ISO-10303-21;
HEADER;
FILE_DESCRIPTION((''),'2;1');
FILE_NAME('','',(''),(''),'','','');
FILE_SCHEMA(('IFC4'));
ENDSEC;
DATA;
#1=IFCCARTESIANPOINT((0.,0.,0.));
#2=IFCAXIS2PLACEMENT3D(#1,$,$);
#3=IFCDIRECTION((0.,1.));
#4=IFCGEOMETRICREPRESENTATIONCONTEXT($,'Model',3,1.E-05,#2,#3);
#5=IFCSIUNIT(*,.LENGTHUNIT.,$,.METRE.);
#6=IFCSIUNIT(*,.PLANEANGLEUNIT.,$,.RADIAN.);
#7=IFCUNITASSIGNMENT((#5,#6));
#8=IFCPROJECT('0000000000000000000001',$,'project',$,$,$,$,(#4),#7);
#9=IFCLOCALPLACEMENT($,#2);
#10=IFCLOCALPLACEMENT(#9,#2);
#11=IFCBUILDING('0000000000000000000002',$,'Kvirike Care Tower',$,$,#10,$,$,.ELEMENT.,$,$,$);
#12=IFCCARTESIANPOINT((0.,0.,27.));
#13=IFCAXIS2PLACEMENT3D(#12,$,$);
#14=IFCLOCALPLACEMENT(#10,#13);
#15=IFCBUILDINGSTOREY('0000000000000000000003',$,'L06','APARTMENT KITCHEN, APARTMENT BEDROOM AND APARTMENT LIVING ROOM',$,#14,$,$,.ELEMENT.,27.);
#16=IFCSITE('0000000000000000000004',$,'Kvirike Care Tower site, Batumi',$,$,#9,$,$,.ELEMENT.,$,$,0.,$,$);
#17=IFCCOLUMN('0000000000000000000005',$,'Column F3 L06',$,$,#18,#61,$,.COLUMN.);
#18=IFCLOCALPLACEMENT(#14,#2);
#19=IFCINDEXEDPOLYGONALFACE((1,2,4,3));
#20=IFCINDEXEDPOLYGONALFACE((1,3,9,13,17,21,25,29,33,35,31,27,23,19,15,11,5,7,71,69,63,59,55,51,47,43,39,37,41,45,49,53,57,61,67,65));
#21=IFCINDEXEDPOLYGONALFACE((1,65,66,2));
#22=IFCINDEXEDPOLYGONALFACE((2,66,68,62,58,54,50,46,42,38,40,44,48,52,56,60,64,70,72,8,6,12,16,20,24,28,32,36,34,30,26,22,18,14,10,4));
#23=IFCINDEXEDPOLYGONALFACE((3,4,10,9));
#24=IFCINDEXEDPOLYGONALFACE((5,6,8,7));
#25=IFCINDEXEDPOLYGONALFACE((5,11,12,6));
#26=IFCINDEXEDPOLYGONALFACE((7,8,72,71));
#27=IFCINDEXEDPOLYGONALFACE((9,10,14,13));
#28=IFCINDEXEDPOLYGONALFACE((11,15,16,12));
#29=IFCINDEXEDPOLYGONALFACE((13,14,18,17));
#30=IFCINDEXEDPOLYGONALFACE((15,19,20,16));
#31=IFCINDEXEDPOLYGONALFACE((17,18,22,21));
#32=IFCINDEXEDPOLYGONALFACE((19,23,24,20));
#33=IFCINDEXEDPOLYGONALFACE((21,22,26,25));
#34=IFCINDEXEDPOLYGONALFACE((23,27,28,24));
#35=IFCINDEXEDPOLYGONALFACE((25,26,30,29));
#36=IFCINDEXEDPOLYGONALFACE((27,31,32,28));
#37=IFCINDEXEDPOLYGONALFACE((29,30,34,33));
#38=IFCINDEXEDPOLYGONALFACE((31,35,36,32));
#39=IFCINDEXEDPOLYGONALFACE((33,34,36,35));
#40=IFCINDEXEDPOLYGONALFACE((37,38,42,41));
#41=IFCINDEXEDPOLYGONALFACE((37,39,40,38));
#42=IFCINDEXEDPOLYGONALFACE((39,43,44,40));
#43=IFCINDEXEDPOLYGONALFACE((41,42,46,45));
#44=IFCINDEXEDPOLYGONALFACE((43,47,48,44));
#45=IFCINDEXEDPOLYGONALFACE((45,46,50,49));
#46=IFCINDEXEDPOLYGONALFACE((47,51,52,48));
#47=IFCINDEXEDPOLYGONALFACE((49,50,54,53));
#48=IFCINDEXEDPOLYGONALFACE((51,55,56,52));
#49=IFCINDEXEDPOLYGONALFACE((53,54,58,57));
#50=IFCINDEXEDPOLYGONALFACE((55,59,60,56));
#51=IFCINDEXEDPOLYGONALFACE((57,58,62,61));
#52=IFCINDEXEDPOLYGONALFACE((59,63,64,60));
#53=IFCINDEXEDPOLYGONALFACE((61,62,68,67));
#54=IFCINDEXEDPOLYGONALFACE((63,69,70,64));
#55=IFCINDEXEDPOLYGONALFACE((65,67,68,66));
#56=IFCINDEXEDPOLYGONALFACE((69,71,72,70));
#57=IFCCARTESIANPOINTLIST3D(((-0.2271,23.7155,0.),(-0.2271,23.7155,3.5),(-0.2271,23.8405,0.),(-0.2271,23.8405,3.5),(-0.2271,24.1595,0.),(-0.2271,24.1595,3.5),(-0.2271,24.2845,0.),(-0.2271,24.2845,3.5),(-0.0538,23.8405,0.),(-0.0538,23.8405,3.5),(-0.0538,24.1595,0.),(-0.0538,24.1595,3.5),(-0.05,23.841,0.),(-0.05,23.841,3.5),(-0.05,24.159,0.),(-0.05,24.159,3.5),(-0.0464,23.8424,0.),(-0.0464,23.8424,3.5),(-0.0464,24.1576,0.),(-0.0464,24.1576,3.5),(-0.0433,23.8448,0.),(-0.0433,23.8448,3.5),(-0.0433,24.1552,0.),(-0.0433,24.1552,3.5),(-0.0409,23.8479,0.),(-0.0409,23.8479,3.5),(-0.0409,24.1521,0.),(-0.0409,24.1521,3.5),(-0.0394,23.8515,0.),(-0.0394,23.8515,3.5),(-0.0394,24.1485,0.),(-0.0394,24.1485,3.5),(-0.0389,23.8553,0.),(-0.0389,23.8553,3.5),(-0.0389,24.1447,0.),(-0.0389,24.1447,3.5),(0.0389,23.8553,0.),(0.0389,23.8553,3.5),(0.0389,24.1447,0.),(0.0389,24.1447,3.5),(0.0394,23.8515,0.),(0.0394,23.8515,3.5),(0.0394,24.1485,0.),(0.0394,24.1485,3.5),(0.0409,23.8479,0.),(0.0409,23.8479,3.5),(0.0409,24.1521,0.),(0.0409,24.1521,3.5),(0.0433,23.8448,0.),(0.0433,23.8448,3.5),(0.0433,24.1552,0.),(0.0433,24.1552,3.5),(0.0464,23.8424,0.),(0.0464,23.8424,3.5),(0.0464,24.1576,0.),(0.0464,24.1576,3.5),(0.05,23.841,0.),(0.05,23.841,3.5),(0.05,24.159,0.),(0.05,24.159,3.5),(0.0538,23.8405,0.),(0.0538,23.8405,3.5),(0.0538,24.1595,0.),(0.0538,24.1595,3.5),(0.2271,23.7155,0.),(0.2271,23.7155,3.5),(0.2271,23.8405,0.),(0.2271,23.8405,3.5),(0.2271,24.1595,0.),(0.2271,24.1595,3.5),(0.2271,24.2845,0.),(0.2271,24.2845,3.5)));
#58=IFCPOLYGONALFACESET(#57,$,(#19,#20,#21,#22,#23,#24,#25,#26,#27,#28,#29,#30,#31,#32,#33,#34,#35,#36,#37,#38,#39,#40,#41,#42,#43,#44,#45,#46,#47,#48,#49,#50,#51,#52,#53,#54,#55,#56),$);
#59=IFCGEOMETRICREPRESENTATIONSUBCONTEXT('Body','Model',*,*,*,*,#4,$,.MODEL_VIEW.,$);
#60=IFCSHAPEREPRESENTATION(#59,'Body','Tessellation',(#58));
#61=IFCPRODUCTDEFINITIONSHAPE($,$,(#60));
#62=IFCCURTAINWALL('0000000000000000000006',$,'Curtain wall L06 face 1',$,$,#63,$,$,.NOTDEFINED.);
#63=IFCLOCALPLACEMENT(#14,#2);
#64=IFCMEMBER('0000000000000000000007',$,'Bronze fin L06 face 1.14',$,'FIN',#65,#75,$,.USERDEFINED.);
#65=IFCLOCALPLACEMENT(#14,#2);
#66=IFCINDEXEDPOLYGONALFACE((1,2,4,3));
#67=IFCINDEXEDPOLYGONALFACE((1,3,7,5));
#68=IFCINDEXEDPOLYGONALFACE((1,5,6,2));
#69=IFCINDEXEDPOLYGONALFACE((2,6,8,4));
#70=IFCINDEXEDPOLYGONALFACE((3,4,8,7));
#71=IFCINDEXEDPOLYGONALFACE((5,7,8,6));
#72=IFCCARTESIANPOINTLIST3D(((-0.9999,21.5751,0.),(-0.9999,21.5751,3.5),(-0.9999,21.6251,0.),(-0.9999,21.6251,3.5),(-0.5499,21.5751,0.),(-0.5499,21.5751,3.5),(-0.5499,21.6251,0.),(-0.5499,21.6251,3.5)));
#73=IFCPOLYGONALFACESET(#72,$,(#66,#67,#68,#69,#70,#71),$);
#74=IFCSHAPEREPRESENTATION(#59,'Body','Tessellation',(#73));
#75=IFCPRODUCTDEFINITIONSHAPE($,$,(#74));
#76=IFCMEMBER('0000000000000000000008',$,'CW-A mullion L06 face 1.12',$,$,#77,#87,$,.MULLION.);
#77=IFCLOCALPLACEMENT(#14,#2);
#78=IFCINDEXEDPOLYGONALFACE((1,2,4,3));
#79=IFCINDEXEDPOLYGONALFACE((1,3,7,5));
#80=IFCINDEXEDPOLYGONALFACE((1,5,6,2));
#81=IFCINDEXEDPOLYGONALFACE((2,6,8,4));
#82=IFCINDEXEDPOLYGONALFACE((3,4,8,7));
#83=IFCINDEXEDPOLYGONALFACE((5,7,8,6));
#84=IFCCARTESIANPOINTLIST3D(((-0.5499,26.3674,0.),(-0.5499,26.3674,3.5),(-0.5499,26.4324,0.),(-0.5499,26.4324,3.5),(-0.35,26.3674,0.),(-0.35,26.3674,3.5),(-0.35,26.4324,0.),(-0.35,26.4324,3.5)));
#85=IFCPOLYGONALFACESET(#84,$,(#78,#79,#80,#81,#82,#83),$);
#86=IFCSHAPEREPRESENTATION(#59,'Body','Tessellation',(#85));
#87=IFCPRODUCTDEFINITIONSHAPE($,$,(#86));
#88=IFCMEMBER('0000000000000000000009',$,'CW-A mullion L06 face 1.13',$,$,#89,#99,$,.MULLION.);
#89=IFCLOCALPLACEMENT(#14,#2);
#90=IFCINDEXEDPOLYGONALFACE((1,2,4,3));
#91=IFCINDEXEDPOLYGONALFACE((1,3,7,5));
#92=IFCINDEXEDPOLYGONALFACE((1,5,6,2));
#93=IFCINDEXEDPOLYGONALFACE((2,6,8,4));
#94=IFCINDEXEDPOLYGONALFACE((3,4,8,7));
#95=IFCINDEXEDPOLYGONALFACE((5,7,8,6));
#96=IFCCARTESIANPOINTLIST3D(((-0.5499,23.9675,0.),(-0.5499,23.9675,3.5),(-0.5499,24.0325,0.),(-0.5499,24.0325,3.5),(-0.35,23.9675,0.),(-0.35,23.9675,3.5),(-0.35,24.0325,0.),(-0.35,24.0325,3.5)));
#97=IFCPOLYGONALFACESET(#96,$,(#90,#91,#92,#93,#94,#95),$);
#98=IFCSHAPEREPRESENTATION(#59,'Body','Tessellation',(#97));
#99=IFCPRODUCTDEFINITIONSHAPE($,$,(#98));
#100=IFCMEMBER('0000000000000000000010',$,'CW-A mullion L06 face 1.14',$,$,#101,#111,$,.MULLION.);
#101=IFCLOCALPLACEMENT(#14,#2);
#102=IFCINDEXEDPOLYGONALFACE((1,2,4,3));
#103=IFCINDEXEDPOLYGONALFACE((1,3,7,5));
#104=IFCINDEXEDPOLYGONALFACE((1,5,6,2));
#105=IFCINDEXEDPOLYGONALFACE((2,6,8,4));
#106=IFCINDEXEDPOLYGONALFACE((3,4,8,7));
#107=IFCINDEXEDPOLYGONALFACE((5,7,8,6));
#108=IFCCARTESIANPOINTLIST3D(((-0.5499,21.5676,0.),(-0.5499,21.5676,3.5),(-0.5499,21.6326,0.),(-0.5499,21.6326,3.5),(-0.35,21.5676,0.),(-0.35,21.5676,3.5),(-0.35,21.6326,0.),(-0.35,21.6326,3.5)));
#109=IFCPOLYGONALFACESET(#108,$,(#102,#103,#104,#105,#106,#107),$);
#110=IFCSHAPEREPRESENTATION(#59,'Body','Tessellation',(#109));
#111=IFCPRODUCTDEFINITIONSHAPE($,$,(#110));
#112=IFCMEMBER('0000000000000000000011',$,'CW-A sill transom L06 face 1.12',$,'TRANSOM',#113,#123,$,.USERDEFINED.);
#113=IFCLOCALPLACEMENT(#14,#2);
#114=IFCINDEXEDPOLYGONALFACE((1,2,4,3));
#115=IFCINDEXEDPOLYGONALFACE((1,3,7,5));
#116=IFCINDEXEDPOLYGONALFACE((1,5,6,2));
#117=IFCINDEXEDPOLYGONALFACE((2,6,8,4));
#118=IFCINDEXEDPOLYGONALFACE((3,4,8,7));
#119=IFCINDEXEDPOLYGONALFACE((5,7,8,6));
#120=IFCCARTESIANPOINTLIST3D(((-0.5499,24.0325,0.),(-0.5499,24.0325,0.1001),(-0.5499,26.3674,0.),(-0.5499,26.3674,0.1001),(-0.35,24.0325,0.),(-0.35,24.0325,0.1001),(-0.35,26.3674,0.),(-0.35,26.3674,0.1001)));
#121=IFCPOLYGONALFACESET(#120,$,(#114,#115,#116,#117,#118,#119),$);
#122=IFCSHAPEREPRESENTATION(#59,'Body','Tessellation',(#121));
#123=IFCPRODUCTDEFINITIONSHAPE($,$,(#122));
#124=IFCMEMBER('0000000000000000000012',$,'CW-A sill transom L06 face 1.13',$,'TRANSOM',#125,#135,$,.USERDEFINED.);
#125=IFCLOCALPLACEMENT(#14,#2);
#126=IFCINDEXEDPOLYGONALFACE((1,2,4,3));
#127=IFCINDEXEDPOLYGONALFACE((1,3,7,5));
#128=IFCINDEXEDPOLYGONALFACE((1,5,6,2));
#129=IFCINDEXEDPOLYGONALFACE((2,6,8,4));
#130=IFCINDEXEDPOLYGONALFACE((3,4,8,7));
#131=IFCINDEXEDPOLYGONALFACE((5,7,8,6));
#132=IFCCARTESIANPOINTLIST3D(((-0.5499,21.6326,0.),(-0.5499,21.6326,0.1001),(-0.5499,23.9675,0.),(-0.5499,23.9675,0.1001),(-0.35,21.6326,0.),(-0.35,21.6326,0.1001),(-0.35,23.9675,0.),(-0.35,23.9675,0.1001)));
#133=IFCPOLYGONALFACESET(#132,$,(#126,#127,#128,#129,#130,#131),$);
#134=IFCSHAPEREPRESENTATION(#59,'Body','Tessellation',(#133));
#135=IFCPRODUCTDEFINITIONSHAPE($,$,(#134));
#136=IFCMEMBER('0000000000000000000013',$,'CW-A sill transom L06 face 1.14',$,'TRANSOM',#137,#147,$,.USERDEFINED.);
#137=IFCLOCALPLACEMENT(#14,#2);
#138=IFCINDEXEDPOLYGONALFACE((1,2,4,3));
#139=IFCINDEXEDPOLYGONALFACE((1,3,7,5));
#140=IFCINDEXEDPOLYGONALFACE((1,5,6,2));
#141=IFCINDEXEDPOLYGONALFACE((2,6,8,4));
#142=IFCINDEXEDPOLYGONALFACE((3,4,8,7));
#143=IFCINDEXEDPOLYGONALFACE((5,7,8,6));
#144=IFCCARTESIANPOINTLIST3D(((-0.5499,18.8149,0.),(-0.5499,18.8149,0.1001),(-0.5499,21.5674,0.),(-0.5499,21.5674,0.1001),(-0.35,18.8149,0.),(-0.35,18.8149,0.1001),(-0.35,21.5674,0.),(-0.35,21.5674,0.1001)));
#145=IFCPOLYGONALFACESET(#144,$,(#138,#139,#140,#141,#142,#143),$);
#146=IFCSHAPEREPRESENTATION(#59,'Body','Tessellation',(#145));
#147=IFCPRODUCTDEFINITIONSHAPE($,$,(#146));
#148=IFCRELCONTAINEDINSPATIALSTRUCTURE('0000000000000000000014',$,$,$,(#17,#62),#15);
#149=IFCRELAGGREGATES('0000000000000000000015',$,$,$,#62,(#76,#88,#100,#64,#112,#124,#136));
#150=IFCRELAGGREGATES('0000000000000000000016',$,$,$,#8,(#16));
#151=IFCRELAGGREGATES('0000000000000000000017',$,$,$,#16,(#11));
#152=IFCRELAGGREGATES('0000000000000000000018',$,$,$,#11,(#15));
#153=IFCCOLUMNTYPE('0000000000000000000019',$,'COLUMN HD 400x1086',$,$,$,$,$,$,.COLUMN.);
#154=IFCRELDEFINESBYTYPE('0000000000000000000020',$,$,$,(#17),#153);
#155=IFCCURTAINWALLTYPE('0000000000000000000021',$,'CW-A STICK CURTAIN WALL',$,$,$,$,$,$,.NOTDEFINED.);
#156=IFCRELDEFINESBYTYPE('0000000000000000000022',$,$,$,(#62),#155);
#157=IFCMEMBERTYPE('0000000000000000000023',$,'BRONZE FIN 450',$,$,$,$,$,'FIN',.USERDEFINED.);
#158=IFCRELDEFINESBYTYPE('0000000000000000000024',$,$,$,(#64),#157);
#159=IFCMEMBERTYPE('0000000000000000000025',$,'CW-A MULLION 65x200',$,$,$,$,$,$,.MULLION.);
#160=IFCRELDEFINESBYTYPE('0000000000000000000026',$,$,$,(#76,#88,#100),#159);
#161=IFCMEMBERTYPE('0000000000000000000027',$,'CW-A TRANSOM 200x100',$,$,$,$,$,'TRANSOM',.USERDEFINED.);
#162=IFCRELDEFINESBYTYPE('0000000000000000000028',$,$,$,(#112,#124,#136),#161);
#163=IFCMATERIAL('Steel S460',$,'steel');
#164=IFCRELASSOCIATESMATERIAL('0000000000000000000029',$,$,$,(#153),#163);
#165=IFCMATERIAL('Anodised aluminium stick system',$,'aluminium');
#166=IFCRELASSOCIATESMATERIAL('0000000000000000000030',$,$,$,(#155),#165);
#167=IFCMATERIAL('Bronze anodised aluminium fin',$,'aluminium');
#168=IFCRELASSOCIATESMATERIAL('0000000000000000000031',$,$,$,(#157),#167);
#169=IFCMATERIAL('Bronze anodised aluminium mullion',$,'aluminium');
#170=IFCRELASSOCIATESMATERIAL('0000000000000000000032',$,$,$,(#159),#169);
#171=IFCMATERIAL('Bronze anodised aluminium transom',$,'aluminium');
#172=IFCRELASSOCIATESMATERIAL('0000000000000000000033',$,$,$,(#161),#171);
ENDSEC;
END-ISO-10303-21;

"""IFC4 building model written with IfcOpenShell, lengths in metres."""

from ifc_helpers import new_model, si_unit, direction, frame, origin, origin_2d, place, context, subcontext, project, spatial, rectangle, i_section, extrude, material, material_profile, profile_set, type_object, element, aggregate, save


model = new_model("IFC4")

# Units and contexts
model_context = context("Model", 3, precision=1e-05, world=origin(), true_north=direction((0.0, 1.0)))
body_context = subcontext(model_context, "Body", "Model", "MODEL_VIEW")
ifc_project = project(units=[si_unit("LENGTHUNIT", "METRE"), si_unit("PLANEANGLEUNIT", "RADIAN")], contexts=[model_context])

# Site, building, storey
site_placement = place(None, origin())
site = spatial("IfcSite", under=ifc_project, at=site_placement, Name="Kvirike Care Tower site, Batumi", CompositionType="ELEMENT", RefElevation=0.0)
building_placement = place(site_placement, origin())
building = spatial("IfcBuilding", under=site, at=building_placement, Name="Kvirike Care Tower", CompositionType="ELEMENT")
storey_placement = place(building_placement, frame((0.0, 0.0, 27.0)))
storey = spatial("IfcBuildingStorey", under=building, at=storey_placement, Name="L06", Description="APARTMENT KITCHEN, APARTMENT BEDROOM AND APARTMENT LIVING ROOM", CompositionType="ELEMENT", Elevation=27.0)

# Column
ifc_material_1 = material(Name="Steel S460", Category="steel")
ifc_material_profile_1 = material_profile(ifc_material_1, i_section(OverallWidth=0.4541, OverallDepth=0.5691, WebThickness=0.0779, FlangeThickness=0.125, FilletRadius=0.0149, at=origin_2d()), Name="HD 400x1086")
ifc_profile_set_1 = profile_set([ifc_material_profile_1], Name="Steel S460")
column_type = type_object("IfcColumnType", Name="COLUMN HD 400x1086", PredefinedType="COLUMN", material=ifc_profile_set_1)
column_placement = place(storey_placement, frame((0.0, 24.0, 0.0), z_axis=(0.0, 0.0, 1.0), x_axis=(1.0, 0.0, 0.0)))
element("IfcColumn", 1, at=column_placement, inside=storey, type_object=column_type, Name="Column F3 L06", PredefinedType="COLUMN", context=body_context, shape_type="SweptSolid", body=[
    extrude(i_section(OverallWidth=0.4541, OverallDepth=0.5691, WebThickness=0.0779, FlangeThickness=0.125, FilletRadius=0.0149, at=origin_2d()), origin(), (0.0, 0.0, 1.0), 3.5),
])

# Curtain wall, members
ifc_material_2 = material(Name="Anodised aluminium stick system", Category="aluminium")
curtain_wall_type = type_object("IfcCurtainWallType", Name="CW-A STICK CURTAIN WALL", PredefinedType="NOTDEFINED", material=ifc_material_2)
curtain_wall_placement = place(storey_placement, origin())
curtain_wall = element("IfcCurtainWall", 2, at=curtain_wall_placement, inside=storey, type_object=curtain_wall_type, Name="Curtain wall L06 face 1", PredefinedType="NOTDEFINED")
ifc_material_3 = material(Name="Bronze anodised aluminium fin", Category="aluminium")
ifc_material_profile_2 = material_profile(ifc_material_3, rectangle(XDim=0.05, YDim=0.45, at=origin_2d()), Name="BRONZE FIN 450")
ifc_profile_set_2 = profile_set([ifc_material_profile_2], Name="Bronze anodised aluminium fin")
member_type_1 = type_object("IfcMemberType", Name="BRONZE FIN 450", ElementType="FIN", PredefinedType="USERDEFINED", material=ifc_profile_set_2)
member_1_placement = place(storey_placement, frame((-0.7749, 21.6001, 0.0), z_axis=(0.0, 0.0, 1.0), x_axis=(0.0, -1.0, 0.0)))
member_1 = element("IfcMember", 3, at=member_1_placement, type_object=member_type_1, Name="Bronze fin L06 face 1.14", ObjectType="FIN", PredefinedType="USERDEFINED", context=body_context, shape_type="SweptSolid", body=[
    extrude(rectangle(XDim=0.05, YDim=0.45, at=origin_2d()), origin(), (0.0, 0.0, 1.0), 3.5),
])
ifc_material_4 = material(Name="Bronze anodised aluminium mullion", Category="aluminium")
ifc_material_profile_3 = material_profile(ifc_material_4, rectangle(XDim=0.0649, YDim=0.2, at=origin_2d()), Name="CW-A MULLION 65x200")
ifc_profile_set_3 = profile_set([ifc_material_profile_3], Name="Bronze anodised aluminium mullion")
member_type_2 = type_object("IfcMemberType", Name="CW-A MULLION 65x200", PredefinedType="MULLION", material=ifc_profile_set_3)
member_2_placement = place(storey_placement, frame((-0.45, 26.3999, 0.0), z_axis=(0.0, 0.0, 1.0), x_axis=(0.0, -1.0, 0.0)))
member_2 = element("IfcMember", 4, at=member_2_placement, type_object=member_type_2, Name="CW-A mullion L06 face 1.12", PredefinedType="MULLION", context=body_context, shape_type="SweptSolid", body=[
    extrude(rectangle(XDim=0.0649, YDim=0.2, at=origin_2d()), origin(), (0.0, 0.0, 1.0), 3.5),
])
member_3_placement = place(storey_placement, frame((-0.45, 24.0, 0.0), z_axis=(0.0, 0.0, 1.0), x_axis=(0.0, -1.0, 0.0)))
member_3 = element("IfcMember", 5, at=member_3_placement, type_object=member_type_2, Name="CW-A mullion L06 face 1.13", PredefinedType="MULLION", context=body_context, shape_type="SweptSolid", body=[
    extrude(rectangle(XDim=0.0649, YDim=0.2, at=origin_2d()), origin(), (0.0, 0.0, 1.0), 3.5),
])
member_4_placement = place(storey_placement, frame((-0.45, 21.6001, 0.0), z_axis=(0.0, 0.0, 1.0), x_axis=(0.0, -1.0, 0.0)))
member_4 = element("IfcMember", 6, at=member_4_placement, type_object=member_type_2, Name="CW-A mullion L06 face 1.14", PredefinedType="MULLION", context=body_context, shape_type="SweptSolid", body=[
    extrude(rectangle(XDim=0.0649, YDim=0.2, at=origin_2d()), origin(), (0.0, 0.0, 1.0), 3.5),
])
ifc_material_5 = material(Name="Bronze anodised aluminium transom", Category="aluminium")
ifc_material_profile_4 = material_profile(ifc_material_5, rectangle(XDim=0.2, YDim=0.1001, at=origin_2d()), Name="CW-A TRANSOM 200x100")
ifc_profile_set_4 = profile_set([ifc_material_profile_4], Name="Bronze anodised aluminium transom")
member_type_3 = type_object("IfcMemberType", Name="CW-A TRANSOM 200x100", ElementType="TRANSOM", PredefinedType="USERDEFINED", material=ifc_profile_set_4)
member_5_placement = place(storey_placement, frame((-0.45, 26.3674, 0.05), z_axis=(0.0, -1.0, 0.0), x_axis=(1.0, 0.0, 0.0)))
member_5 = element("IfcMember", 7, at=member_5_placement, type_object=member_type_3, Name="CW-A sill transom L06 face 1.12", ObjectType="TRANSOM", PredefinedType="USERDEFINED", context=body_context, shape_type="SweptSolid", body=[
    extrude(rectangle(XDim=0.2, YDim=0.1001, at=origin_2d()), origin(), (0.0, 0.0, 1.0), 2.335),
])
member_6_placement = place(storey_placement, frame((-0.45, 23.9675, 0.05), z_axis=(0.0, -1.0, 0.0), x_axis=(1.0, 0.0, 0.0)))
member_6 = element("IfcMember", 8, at=member_6_placement, type_object=member_type_3, Name="CW-A sill transom L06 face 1.13", ObjectType="TRANSOM", PredefinedType="USERDEFINED", context=body_context, shape_type="SweptSolid", body=[
    extrude(rectangle(XDim=0.2, YDim=0.1001, at=origin_2d()), origin(), (0.0, 0.0, 1.0), 2.335),
])
member_7_placement = place(storey_placement, frame((-0.45, 21.5674, 0.05), z_axis=(0.0, -1.0, 0.0), x_axis=(1.0, 0.0, 0.0)))
member_7 = element("IfcMember", 9, at=member_7_placement, type_object=member_type_3, Name="CW-A sill transom L06 face 1.14", ObjectType="TRANSOM", PredefinedType="USERDEFINED", context=body_context, shape_type="SweptSolid", body=[
    extrude(rectangle(XDim=0.2, YDim=0.1001, at=origin_2d()), origin(), (0.0, 0.0, 1.0), 2.7524),
])

aggregate(curtain_wall, [member_2, member_3, member_4, member_1, member_5, member_6, member_7])

save(model, "model.ifc")
